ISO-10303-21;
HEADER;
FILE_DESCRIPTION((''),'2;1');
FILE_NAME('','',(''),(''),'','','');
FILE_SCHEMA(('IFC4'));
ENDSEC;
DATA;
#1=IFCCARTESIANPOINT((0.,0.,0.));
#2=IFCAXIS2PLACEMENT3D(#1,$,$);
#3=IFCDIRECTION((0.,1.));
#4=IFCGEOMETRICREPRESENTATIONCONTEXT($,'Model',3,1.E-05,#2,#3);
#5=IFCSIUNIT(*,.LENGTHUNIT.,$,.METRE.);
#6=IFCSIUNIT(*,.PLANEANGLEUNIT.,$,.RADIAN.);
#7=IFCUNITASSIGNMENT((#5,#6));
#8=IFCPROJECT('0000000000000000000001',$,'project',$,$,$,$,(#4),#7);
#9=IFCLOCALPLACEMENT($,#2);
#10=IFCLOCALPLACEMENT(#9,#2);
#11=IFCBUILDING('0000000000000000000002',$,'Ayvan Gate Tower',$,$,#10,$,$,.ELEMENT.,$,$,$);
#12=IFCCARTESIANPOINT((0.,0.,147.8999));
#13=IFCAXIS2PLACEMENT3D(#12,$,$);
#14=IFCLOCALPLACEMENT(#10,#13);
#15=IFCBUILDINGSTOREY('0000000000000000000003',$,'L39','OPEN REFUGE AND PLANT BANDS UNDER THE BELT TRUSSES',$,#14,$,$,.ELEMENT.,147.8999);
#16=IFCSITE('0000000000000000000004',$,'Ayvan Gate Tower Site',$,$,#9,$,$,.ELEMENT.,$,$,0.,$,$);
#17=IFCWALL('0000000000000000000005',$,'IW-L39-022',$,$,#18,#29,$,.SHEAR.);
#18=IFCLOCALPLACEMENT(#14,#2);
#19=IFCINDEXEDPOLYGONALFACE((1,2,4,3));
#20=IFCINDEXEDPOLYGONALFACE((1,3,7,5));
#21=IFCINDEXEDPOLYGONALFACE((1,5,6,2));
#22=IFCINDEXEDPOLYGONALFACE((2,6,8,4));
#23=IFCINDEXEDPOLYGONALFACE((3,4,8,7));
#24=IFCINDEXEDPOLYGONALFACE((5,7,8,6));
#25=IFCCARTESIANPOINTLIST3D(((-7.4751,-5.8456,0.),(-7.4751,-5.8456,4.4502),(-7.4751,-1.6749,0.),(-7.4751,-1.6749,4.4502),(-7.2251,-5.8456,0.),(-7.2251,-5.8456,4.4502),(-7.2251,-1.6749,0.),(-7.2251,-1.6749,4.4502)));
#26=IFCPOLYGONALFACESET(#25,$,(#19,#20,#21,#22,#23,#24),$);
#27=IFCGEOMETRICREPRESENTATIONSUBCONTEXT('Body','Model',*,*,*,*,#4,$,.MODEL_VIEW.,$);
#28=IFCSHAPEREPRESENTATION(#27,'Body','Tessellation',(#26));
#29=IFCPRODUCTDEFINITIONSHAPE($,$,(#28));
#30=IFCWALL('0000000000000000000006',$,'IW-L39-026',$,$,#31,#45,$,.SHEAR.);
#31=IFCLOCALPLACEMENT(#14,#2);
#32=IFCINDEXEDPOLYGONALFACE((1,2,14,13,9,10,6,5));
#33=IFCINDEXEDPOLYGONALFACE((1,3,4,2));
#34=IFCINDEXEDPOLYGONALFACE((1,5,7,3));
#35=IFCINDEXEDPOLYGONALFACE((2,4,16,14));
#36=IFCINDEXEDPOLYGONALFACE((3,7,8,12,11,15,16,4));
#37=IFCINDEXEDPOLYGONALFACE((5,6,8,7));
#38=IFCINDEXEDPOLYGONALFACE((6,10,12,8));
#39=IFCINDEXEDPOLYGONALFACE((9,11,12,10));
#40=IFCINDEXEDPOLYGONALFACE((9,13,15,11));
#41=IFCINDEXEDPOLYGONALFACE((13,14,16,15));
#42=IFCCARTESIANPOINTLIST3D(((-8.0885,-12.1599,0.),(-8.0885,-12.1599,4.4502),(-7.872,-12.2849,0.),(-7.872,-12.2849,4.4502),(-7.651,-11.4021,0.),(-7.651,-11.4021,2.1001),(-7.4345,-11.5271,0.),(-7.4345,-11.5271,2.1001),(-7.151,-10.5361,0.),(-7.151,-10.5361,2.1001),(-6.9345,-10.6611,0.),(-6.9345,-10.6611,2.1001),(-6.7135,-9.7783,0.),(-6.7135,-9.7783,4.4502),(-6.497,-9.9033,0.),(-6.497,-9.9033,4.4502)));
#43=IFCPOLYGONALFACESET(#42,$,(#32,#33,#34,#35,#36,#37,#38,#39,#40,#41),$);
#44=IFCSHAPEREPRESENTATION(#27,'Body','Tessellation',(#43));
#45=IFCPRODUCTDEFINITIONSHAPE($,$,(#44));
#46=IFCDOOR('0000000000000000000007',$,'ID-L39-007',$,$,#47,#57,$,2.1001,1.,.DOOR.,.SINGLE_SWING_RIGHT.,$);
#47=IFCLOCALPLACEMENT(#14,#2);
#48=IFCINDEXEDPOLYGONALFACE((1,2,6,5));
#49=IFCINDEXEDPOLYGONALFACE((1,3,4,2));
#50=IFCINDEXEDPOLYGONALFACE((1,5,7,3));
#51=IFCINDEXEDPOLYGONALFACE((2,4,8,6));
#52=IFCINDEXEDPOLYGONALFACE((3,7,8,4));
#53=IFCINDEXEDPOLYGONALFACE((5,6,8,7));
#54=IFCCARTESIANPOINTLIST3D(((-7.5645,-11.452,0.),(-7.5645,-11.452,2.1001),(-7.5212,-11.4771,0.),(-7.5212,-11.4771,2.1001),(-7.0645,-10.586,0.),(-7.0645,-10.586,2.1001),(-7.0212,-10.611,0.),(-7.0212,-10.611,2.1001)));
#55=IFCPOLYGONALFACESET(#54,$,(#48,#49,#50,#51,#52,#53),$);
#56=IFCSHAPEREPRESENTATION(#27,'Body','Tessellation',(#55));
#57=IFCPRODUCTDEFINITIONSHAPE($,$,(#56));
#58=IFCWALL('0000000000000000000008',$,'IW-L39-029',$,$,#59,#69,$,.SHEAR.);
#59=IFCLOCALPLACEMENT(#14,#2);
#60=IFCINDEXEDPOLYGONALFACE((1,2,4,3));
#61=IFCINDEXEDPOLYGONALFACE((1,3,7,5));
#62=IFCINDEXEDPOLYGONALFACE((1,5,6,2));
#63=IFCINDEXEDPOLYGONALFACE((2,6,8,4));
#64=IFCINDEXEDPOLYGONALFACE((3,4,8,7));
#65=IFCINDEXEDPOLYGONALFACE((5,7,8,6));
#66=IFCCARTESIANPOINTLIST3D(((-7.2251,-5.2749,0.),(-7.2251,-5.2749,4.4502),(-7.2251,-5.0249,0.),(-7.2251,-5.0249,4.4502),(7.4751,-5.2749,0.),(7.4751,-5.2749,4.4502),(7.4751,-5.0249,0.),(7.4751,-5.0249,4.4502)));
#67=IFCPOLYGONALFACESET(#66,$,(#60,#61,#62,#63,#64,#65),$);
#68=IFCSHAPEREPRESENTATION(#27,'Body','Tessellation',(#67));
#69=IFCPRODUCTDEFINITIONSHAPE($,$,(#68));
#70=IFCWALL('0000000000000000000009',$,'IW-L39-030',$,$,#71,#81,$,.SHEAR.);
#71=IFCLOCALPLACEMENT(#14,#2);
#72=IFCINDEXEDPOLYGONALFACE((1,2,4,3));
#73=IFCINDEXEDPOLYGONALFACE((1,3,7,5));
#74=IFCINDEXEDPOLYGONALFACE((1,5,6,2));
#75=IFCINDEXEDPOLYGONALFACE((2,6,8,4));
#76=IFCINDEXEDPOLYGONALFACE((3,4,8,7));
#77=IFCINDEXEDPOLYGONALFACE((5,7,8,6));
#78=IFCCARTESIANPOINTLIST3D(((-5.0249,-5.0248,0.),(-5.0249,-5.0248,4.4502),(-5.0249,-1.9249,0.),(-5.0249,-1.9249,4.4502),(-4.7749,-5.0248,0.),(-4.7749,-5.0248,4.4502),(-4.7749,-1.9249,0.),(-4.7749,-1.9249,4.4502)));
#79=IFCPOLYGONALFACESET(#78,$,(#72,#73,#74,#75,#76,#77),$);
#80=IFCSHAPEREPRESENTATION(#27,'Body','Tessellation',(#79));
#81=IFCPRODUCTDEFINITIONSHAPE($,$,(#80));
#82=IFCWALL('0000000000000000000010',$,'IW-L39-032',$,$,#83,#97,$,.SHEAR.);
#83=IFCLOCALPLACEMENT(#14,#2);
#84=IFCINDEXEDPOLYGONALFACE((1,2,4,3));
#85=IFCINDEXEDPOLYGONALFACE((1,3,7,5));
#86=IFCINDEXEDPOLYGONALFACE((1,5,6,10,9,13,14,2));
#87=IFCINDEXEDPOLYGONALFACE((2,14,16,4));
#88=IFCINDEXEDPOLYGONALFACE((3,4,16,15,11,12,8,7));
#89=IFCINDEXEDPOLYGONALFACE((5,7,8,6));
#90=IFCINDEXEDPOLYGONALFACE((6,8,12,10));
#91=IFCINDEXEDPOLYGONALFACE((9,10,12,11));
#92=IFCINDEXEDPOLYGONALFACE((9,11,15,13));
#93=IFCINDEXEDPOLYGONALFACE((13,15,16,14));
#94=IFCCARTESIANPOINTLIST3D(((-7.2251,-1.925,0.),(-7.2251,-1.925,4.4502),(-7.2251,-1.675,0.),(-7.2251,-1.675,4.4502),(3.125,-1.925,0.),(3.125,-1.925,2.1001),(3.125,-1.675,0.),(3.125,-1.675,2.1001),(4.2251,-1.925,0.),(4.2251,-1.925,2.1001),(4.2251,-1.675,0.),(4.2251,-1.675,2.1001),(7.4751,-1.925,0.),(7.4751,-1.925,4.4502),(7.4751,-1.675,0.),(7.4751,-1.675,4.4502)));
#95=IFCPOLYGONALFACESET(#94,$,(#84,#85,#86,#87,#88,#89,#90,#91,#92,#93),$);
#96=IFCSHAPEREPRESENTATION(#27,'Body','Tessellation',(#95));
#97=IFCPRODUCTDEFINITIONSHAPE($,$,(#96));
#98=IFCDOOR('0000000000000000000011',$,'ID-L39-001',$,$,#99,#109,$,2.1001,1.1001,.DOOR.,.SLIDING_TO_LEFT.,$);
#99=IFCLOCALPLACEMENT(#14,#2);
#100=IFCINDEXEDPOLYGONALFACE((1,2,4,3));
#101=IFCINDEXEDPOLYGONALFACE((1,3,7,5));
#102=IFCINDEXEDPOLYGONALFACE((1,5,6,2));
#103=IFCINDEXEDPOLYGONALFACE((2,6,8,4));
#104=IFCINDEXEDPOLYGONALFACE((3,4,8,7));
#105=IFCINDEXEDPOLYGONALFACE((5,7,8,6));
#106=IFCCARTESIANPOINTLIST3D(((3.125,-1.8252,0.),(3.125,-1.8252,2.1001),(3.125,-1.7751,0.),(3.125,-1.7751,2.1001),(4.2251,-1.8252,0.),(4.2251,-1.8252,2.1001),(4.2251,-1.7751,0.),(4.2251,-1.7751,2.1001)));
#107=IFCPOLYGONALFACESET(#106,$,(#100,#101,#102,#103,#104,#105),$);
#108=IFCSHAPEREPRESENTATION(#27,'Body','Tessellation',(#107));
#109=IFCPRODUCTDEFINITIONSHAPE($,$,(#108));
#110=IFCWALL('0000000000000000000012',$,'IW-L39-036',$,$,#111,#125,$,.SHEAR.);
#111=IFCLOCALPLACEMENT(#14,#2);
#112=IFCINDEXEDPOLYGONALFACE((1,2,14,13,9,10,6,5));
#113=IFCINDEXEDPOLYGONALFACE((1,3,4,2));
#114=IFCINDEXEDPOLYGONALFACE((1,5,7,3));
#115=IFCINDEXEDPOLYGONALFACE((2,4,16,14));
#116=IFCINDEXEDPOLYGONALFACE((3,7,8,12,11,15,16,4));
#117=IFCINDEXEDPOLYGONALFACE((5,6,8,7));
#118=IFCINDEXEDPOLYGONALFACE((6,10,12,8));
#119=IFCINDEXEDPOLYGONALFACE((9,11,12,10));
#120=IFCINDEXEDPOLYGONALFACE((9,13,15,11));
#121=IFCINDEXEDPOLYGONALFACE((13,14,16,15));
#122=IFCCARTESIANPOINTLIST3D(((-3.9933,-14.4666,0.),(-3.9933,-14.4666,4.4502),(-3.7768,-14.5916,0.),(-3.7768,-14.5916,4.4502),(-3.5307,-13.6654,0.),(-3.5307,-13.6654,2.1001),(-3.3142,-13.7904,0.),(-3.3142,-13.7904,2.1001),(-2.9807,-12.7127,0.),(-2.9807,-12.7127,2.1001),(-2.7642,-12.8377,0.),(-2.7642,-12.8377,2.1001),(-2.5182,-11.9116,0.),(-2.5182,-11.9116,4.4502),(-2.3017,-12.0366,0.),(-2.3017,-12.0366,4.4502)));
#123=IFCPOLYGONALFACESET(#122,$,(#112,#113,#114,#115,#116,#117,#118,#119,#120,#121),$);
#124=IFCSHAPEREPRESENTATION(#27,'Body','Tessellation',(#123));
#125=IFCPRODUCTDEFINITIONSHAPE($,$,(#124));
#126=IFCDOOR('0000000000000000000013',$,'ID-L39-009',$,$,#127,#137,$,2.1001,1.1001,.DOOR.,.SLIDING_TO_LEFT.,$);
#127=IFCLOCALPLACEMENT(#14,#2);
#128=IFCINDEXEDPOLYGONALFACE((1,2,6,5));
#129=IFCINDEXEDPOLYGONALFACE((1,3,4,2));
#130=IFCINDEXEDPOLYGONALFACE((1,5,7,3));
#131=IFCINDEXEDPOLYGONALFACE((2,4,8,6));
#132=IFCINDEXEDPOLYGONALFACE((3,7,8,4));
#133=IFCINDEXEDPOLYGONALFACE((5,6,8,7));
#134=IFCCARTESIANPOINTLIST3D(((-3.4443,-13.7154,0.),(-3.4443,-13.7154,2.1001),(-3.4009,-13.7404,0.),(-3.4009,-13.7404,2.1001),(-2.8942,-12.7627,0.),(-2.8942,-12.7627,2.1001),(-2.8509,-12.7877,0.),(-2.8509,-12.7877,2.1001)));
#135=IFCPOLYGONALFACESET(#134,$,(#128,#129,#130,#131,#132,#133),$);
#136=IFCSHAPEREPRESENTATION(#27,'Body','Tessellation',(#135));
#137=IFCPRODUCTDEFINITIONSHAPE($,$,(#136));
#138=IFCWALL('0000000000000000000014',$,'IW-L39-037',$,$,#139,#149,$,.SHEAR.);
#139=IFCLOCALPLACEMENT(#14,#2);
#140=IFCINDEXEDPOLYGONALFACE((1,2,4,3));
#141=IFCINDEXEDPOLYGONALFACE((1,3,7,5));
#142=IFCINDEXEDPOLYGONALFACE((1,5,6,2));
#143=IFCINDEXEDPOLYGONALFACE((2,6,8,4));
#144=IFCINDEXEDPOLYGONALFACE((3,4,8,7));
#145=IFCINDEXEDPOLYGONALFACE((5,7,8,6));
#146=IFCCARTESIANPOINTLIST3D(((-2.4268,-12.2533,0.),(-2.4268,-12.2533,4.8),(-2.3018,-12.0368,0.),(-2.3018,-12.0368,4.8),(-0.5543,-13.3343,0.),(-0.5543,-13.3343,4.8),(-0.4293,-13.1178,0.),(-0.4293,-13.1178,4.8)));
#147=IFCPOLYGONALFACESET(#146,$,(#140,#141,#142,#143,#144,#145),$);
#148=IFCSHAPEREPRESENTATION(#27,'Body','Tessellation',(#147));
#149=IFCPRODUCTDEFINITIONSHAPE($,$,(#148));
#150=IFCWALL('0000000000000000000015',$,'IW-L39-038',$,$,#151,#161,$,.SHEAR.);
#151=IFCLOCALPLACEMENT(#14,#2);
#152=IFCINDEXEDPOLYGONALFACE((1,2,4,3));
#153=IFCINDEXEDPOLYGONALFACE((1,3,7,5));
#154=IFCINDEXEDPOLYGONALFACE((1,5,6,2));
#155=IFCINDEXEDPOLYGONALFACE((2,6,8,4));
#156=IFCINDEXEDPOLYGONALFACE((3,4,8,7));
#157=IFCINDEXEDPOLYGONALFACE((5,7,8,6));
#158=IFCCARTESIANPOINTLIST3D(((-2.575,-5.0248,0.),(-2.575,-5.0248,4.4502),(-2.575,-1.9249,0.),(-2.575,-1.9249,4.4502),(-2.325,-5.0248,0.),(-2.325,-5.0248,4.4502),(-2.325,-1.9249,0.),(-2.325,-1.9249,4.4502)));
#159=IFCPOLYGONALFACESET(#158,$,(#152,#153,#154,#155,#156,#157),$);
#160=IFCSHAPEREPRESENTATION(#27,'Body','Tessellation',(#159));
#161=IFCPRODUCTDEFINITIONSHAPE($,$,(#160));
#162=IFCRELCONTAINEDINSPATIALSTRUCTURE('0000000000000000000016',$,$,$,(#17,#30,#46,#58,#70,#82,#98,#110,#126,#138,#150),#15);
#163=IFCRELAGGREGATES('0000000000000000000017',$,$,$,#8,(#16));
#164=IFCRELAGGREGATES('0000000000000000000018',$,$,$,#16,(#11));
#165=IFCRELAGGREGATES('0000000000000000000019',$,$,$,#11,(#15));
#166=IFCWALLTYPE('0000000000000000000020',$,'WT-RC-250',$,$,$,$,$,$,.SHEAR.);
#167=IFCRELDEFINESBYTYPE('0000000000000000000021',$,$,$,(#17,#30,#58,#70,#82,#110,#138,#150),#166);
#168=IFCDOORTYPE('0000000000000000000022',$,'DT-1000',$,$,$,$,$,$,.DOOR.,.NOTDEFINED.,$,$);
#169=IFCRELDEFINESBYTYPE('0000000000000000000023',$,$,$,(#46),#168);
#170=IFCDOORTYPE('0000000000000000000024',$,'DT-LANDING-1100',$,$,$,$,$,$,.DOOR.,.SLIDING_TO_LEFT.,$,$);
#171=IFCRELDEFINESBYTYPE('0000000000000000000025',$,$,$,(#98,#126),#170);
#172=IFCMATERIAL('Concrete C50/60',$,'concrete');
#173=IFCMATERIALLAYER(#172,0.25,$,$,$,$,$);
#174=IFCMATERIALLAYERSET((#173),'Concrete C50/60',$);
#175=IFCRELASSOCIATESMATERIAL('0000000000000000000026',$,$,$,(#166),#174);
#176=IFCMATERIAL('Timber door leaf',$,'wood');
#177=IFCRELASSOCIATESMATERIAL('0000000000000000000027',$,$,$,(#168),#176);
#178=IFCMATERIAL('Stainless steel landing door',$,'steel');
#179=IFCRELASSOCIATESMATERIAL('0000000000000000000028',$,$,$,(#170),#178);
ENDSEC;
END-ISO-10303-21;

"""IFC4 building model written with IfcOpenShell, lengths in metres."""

from ifc_helpers import new_model, si_unit, direction, frame, frame_2d, origin, place, context, subcontext, project, spatial, rectangle, extrude, material, layer, layer_set, type_object, element, fill, save


model = new_model("IFC4")

# Units and contexts
model_context = context("Model", 3, precision=1e-05, world=origin(), true_north=direction((0.0, 1.0)))
body_context = subcontext(model_context, "Body", "Model", "MODEL_VIEW")
ifc_project = project(units=[si_unit("LENGTHUNIT", "METRE"), si_unit("PLANEANGLEUNIT", "RADIAN")], contexts=[model_context])

# Site, building, storey
site_placement = place(None, origin())
site = spatial("IfcSite", under=ifc_project, at=site_placement, Name="Ayvan Gate Tower Site", CompositionType="ELEMENT", RefElevation=0.0)
building_placement = place(site_placement, origin())
building = spatial("IfcBuilding", under=site, at=building_placement, Name="Ayvan Gate Tower", CompositionType="ELEMENT")
storey_placement = place(building_placement, frame((0.0, 0.0, 147.8999)))
storey = spatial("IfcBuildingStorey", under=building, at=storey_placement, Name="L39", Description="OPEN REFUGE AND PLANT BANDS UNDER THE BELT TRUSSES", CompositionType="ELEMENT", Elevation=147.8999)

# Shared definitions
ifc_material_1 = material(Name="Timber door leaf", Category="wood")

# Shared definitions
ifc_material_2 = material(Name="Concrete C50/60", Category="concrete")
ifc_layer_1 = layer(ifc_material_2, 0.25)
ifc_layer_set_1 = layer_set([ifc_layer_1], Name="Concrete C50/60")
wall_type_1 = type_object("IfcWallType", Name="WT-RC-250", PredefinedType="SHEAR", material=ifc_layer_set_1)
door_type_1 = type_object("IfcDoorType", Name="DT-1000", OperationType="NOTDEFINED", PredefinedType="DOOR", material=ifc_material_1)

# Wall
wall_1_placement = place(storey_placement, frame((-7.3501, -5.8457, 0.0), z_axis=(0.0, 0.0, 1.0), x_axis=(0.0, 1.0, 0.0)))
element("IfcWall", 1, at=wall_1_placement, inside=storey, type_object=wall_type_1, Name="IW-L39-022", PredefinedType="SHEAR", context=body_context, shape_type="SweptSolid", body=[
    extrude(rectangle(XDim=4.1707, YDim=0.25, at=frame_2d((2.0854, 0.0))), origin(), (0.0, 0.0, 1.0), 4.4502),
])

# Wall, opening, door
wall_2_placement = place(storey_placement, frame((-6.6052, -9.8408, 0.0), z_axis=(0.0, 0.0, 1.0), x_axis=(-0.499997, -0.866027, 0.0)))
wall_2 = element("IfcWall", 2, at=wall_2_placement, inside=storey, type_object=wall_type_1, Name="IW-L39-026", PredefinedType="SHEAR", context=body_context, shape_type="SweptSolid", body=[
    extrude(rectangle(XDim=2.75, YDim=0.25, at=frame_2d((1.375, 0.0))), origin(), (0.0, 0.0, 1.0), 4.4502),
])
opening_1_placement = place(wall_2_placement, frame((0.875, 0.0, 0.0)))
opening_1 = element("IfcOpeningElement", 3, at=opening_1_placement, cuts=wall_2, PredefinedType="OPENING", context=body_context, shape_type="SweptSolid", body=[
    extrude(rectangle(XDim=1.0, YDim=2.1001, at=frame_2d((0.5, 1.05))), frame((0.0, 0.135, 0.0), z_axis=(0.0, -1.0, 0.0), x_axis=(1.0, 0.0, 0.0)), (0.0, 0.0, 1.0), 0.27),
])
door_1_placement = place(opening_1_placement, origin())
door_1 = element("IfcDoor", 4, at=door_1_placement, inside=storey, type_object=door_type_1, Name="ID-L39-007", OperationType="SINGLE_SWING_RIGHT", OverallHeight=2.1001, OverallWidth=1.0, PredefinedType="DOOR", context=body_context, shape_type="SweptSolid", body=[
    extrude(rectangle(XDim=1.0, YDim=2.1001, at=frame_2d((0.5, 1.05))), frame((0.0, 0.0249, 0.0), z_axis=(0.0, -1.0, 0.0), x_axis=(1.0, 0.0, 0.0)), (0.0, 0.0, 1.0), 0.05),
])
fill(opening_1, door_1)

# Walls
wall_3_placement = place(storey_placement, frame((-7.2251, -5.1499, 0.0), z_axis=(0.0, 0.0, 1.0), x_axis=(1.0, 0.0, 0.0)))
element("IfcWall", 5, at=wall_3_placement, inside=storey, type_object=wall_type_1, Name="IW-L39-029", PredefinedType="SHEAR", context=body_context, shape_type="SweptSolid", body=[
    extrude(rectangle(XDim=14.7002, YDim=0.25, at=frame_2d((7.3501, 0.0))), origin(), (0.0, 0.0, 1.0), 4.4502),
])
wall_4_placement = place(storey_placement, frame((-4.8999, -1.925, 0.0), z_axis=(0.0, 0.0, 1.0), x_axis=(0.0, -1.0, 0.0)))
element("IfcWall", 6, at=wall_4_placement, inside=storey, type_object=wall_type_1, Name="IW-L39-030", PredefinedType="SHEAR", context=body_context, shape_type="SweptSolid", body=[
    extrude(rectangle(XDim=3.0999, YDim=0.25, at=frame_2d((1.5498, 0.0))), origin(), (0.0, 0.0, 1.0), 4.4502),
])

# Walls, openings, doors
wall_5_placement = place(storey_placement, frame((-7.2251, -1.8, 0.0), z_axis=(0.0, 0.0, 1.0), x_axis=(1.0, 0.0, 0.0)))
wall_5 = element("IfcWall", 7, at=wall_5_placement, inside=storey, type_object=wall_type_1, Name="IW-L39-032", PredefinedType="SHEAR", context=body_context, shape_type="SweptSolid", body=[
    extrude(rectangle(XDim=14.7002, YDim=0.25, at=frame_2d((7.3501, 0.0))), origin(), (0.0, 0.0, 1.0), 4.4502),
])
opening_2_placement = place(wall_5_placement, frame((10.3501, 0.0, 0.0)))
opening_2 = element("IfcOpeningElement", 8, at=opening_2_placement, cuts=wall_5, PredefinedType="OPENING", context=body_context, shape_type="SweptSolid", body=[
    extrude(rectangle(XDim=1.1001, YDim=2.1001, at=frame_2d((0.55, 1.05))), frame((0.0, 0.135, 0.0), z_axis=(0.0, -1.0, 0.0), x_axis=(1.0, 0.0, 0.0)), (0.0, 0.0, 1.0), 0.27),
])
ifc_material_3 = material(Name="Stainless steel landing door", Category="steel")
door_type_2 = type_object("IfcDoorType", Name="DT-LANDING-1100", OperationType="SLIDING_TO_LEFT", PredefinedType="DOOR", material=ifc_material_3)
door_2_placement = place(opening_2_placement, origin())
door_2 = element("IfcDoor", 9, at=door_2_placement, inside=storey, type_object=door_type_2, Name="ID-L39-001", OperationType="SLIDING_TO_LEFT", OverallHeight=2.1001, OverallWidth=1.1001, PredefinedType="DOOR", context=body_context, shape_type="SweptSolid", body=[
    extrude(rectangle(XDim=1.1001, YDim=2.1001, at=frame_2d((0.55, 1.05))), frame((0.0, 0.0249, 0.0), z_axis=(0.0, -1.0, 0.0), x_axis=(1.0, 0.0, 0.0)), (0.0, 0.0, 1.0), 0.05),
])
fill(opening_2, door_2)
wall_6_placement = place(storey_placement, frame((-2.4099, -11.9741, 0.0), z_axis=(0.0, 0.0, 1.0), x_axis=(-0.500002, -0.866024, 0.0)))
wall_6 = element("IfcWall", 10, at=wall_6_placement, inside=storey, type_object=wall_type_1, Name="IW-L39-036", PredefinedType="SHEAR", context=body_context, shape_type="SweptSolid", body=[
    extrude(rectangle(XDim=2.9502, YDim=0.25, at=frame_2d((1.4751, 0.0))), origin(), (0.0, 0.0, 1.0), 4.4502),
])
opening_3_placement = place(wall_6_placement, frame((0.925, 0.0, 0.0)))
opening_3 = element("IfcOpeningElement", 11, at=opening_3_placement, cuts=wall_6, PredefinedType="OPENING", context=body_context, shape_type="SweptSolid", body=[
    extrude(rectangle(XDim=1.1001, YDim=2.1001, at=frame_2d((0.55, 1.05))), frame((0.0, 0.135, 0.0), z_axis=(0.0, -1.0, 0.0), x_axis=(1.0, 0.0, 0.0)), (0.0, 0.0, 1.0), 0.27),
])
door_3_placement = place(opening_3_placement, origin())
door_3 = element("IfcDoor", 12, at=door_3_placement, inside=storey, type_object=door_type_2, Name="ID-L39-009", OperationType="SLIDING_TO_LEFT", OverallHeight=2.1001, OverallWidth=1.1001, PredefinedType="DOOR", context=body_context, shape_type="SweptSolid", body=[
    extrude(rectangle(XDim=1.1001, YDim=2.1001, at=frame_2d((0.55, 1.05))), frame((0.0, 0.0249, 0.0), z_axis=(0.0, -1.0, 0.0), x_axis=(1.0, 0.0, 0.0)), (0.0, 0.0, 1.0), 0.05),
])
fill(opening_3, door_3)

# Walls
wall_7_placement = place(storey_placement, frame((-2.3643, -12.145, 0.0), z_axis=(0.0, 0.0, 1.0), x_axis=(0.866039, -0.499977, 0.0)))
element("IfcWall", 13, at=wall_7_placement, inside=storey, type_object=wall_type_1, Name="IW-L39-037", PredefinedType="SHEAR", context=body_context, shape_type="SweptSolid", body=[
    extrude(rectangle(XDim=2.1621, YDim=0.25, at=frame_2d((1.0811, 0.0))), origin(), (0.0, 0.0, 1.0), 4.8),
])
wall_8_placement = place(storey_placement, frame((-2.45, -1.925, 0.0), z_axis=(0.0, 0.0, 1.0), x_axis=(0.0, -1.0, 0.0)))
element("IfcWall", 14, at=wall_8_placement, inside=storey, type_object=wall_type_1, Name="IW-L39-038", PredefinedType="SHEAR", context=body_context, shape_type="SweptSolid", body=[
    extrude(rectangle(XDim=3.0999, YDim=0.25, at=frame_2d((1.5498, 0.0))), origin(), (0.0, 0.0, 1.0), 4.4502),
])

save(model, "model.ifc")
